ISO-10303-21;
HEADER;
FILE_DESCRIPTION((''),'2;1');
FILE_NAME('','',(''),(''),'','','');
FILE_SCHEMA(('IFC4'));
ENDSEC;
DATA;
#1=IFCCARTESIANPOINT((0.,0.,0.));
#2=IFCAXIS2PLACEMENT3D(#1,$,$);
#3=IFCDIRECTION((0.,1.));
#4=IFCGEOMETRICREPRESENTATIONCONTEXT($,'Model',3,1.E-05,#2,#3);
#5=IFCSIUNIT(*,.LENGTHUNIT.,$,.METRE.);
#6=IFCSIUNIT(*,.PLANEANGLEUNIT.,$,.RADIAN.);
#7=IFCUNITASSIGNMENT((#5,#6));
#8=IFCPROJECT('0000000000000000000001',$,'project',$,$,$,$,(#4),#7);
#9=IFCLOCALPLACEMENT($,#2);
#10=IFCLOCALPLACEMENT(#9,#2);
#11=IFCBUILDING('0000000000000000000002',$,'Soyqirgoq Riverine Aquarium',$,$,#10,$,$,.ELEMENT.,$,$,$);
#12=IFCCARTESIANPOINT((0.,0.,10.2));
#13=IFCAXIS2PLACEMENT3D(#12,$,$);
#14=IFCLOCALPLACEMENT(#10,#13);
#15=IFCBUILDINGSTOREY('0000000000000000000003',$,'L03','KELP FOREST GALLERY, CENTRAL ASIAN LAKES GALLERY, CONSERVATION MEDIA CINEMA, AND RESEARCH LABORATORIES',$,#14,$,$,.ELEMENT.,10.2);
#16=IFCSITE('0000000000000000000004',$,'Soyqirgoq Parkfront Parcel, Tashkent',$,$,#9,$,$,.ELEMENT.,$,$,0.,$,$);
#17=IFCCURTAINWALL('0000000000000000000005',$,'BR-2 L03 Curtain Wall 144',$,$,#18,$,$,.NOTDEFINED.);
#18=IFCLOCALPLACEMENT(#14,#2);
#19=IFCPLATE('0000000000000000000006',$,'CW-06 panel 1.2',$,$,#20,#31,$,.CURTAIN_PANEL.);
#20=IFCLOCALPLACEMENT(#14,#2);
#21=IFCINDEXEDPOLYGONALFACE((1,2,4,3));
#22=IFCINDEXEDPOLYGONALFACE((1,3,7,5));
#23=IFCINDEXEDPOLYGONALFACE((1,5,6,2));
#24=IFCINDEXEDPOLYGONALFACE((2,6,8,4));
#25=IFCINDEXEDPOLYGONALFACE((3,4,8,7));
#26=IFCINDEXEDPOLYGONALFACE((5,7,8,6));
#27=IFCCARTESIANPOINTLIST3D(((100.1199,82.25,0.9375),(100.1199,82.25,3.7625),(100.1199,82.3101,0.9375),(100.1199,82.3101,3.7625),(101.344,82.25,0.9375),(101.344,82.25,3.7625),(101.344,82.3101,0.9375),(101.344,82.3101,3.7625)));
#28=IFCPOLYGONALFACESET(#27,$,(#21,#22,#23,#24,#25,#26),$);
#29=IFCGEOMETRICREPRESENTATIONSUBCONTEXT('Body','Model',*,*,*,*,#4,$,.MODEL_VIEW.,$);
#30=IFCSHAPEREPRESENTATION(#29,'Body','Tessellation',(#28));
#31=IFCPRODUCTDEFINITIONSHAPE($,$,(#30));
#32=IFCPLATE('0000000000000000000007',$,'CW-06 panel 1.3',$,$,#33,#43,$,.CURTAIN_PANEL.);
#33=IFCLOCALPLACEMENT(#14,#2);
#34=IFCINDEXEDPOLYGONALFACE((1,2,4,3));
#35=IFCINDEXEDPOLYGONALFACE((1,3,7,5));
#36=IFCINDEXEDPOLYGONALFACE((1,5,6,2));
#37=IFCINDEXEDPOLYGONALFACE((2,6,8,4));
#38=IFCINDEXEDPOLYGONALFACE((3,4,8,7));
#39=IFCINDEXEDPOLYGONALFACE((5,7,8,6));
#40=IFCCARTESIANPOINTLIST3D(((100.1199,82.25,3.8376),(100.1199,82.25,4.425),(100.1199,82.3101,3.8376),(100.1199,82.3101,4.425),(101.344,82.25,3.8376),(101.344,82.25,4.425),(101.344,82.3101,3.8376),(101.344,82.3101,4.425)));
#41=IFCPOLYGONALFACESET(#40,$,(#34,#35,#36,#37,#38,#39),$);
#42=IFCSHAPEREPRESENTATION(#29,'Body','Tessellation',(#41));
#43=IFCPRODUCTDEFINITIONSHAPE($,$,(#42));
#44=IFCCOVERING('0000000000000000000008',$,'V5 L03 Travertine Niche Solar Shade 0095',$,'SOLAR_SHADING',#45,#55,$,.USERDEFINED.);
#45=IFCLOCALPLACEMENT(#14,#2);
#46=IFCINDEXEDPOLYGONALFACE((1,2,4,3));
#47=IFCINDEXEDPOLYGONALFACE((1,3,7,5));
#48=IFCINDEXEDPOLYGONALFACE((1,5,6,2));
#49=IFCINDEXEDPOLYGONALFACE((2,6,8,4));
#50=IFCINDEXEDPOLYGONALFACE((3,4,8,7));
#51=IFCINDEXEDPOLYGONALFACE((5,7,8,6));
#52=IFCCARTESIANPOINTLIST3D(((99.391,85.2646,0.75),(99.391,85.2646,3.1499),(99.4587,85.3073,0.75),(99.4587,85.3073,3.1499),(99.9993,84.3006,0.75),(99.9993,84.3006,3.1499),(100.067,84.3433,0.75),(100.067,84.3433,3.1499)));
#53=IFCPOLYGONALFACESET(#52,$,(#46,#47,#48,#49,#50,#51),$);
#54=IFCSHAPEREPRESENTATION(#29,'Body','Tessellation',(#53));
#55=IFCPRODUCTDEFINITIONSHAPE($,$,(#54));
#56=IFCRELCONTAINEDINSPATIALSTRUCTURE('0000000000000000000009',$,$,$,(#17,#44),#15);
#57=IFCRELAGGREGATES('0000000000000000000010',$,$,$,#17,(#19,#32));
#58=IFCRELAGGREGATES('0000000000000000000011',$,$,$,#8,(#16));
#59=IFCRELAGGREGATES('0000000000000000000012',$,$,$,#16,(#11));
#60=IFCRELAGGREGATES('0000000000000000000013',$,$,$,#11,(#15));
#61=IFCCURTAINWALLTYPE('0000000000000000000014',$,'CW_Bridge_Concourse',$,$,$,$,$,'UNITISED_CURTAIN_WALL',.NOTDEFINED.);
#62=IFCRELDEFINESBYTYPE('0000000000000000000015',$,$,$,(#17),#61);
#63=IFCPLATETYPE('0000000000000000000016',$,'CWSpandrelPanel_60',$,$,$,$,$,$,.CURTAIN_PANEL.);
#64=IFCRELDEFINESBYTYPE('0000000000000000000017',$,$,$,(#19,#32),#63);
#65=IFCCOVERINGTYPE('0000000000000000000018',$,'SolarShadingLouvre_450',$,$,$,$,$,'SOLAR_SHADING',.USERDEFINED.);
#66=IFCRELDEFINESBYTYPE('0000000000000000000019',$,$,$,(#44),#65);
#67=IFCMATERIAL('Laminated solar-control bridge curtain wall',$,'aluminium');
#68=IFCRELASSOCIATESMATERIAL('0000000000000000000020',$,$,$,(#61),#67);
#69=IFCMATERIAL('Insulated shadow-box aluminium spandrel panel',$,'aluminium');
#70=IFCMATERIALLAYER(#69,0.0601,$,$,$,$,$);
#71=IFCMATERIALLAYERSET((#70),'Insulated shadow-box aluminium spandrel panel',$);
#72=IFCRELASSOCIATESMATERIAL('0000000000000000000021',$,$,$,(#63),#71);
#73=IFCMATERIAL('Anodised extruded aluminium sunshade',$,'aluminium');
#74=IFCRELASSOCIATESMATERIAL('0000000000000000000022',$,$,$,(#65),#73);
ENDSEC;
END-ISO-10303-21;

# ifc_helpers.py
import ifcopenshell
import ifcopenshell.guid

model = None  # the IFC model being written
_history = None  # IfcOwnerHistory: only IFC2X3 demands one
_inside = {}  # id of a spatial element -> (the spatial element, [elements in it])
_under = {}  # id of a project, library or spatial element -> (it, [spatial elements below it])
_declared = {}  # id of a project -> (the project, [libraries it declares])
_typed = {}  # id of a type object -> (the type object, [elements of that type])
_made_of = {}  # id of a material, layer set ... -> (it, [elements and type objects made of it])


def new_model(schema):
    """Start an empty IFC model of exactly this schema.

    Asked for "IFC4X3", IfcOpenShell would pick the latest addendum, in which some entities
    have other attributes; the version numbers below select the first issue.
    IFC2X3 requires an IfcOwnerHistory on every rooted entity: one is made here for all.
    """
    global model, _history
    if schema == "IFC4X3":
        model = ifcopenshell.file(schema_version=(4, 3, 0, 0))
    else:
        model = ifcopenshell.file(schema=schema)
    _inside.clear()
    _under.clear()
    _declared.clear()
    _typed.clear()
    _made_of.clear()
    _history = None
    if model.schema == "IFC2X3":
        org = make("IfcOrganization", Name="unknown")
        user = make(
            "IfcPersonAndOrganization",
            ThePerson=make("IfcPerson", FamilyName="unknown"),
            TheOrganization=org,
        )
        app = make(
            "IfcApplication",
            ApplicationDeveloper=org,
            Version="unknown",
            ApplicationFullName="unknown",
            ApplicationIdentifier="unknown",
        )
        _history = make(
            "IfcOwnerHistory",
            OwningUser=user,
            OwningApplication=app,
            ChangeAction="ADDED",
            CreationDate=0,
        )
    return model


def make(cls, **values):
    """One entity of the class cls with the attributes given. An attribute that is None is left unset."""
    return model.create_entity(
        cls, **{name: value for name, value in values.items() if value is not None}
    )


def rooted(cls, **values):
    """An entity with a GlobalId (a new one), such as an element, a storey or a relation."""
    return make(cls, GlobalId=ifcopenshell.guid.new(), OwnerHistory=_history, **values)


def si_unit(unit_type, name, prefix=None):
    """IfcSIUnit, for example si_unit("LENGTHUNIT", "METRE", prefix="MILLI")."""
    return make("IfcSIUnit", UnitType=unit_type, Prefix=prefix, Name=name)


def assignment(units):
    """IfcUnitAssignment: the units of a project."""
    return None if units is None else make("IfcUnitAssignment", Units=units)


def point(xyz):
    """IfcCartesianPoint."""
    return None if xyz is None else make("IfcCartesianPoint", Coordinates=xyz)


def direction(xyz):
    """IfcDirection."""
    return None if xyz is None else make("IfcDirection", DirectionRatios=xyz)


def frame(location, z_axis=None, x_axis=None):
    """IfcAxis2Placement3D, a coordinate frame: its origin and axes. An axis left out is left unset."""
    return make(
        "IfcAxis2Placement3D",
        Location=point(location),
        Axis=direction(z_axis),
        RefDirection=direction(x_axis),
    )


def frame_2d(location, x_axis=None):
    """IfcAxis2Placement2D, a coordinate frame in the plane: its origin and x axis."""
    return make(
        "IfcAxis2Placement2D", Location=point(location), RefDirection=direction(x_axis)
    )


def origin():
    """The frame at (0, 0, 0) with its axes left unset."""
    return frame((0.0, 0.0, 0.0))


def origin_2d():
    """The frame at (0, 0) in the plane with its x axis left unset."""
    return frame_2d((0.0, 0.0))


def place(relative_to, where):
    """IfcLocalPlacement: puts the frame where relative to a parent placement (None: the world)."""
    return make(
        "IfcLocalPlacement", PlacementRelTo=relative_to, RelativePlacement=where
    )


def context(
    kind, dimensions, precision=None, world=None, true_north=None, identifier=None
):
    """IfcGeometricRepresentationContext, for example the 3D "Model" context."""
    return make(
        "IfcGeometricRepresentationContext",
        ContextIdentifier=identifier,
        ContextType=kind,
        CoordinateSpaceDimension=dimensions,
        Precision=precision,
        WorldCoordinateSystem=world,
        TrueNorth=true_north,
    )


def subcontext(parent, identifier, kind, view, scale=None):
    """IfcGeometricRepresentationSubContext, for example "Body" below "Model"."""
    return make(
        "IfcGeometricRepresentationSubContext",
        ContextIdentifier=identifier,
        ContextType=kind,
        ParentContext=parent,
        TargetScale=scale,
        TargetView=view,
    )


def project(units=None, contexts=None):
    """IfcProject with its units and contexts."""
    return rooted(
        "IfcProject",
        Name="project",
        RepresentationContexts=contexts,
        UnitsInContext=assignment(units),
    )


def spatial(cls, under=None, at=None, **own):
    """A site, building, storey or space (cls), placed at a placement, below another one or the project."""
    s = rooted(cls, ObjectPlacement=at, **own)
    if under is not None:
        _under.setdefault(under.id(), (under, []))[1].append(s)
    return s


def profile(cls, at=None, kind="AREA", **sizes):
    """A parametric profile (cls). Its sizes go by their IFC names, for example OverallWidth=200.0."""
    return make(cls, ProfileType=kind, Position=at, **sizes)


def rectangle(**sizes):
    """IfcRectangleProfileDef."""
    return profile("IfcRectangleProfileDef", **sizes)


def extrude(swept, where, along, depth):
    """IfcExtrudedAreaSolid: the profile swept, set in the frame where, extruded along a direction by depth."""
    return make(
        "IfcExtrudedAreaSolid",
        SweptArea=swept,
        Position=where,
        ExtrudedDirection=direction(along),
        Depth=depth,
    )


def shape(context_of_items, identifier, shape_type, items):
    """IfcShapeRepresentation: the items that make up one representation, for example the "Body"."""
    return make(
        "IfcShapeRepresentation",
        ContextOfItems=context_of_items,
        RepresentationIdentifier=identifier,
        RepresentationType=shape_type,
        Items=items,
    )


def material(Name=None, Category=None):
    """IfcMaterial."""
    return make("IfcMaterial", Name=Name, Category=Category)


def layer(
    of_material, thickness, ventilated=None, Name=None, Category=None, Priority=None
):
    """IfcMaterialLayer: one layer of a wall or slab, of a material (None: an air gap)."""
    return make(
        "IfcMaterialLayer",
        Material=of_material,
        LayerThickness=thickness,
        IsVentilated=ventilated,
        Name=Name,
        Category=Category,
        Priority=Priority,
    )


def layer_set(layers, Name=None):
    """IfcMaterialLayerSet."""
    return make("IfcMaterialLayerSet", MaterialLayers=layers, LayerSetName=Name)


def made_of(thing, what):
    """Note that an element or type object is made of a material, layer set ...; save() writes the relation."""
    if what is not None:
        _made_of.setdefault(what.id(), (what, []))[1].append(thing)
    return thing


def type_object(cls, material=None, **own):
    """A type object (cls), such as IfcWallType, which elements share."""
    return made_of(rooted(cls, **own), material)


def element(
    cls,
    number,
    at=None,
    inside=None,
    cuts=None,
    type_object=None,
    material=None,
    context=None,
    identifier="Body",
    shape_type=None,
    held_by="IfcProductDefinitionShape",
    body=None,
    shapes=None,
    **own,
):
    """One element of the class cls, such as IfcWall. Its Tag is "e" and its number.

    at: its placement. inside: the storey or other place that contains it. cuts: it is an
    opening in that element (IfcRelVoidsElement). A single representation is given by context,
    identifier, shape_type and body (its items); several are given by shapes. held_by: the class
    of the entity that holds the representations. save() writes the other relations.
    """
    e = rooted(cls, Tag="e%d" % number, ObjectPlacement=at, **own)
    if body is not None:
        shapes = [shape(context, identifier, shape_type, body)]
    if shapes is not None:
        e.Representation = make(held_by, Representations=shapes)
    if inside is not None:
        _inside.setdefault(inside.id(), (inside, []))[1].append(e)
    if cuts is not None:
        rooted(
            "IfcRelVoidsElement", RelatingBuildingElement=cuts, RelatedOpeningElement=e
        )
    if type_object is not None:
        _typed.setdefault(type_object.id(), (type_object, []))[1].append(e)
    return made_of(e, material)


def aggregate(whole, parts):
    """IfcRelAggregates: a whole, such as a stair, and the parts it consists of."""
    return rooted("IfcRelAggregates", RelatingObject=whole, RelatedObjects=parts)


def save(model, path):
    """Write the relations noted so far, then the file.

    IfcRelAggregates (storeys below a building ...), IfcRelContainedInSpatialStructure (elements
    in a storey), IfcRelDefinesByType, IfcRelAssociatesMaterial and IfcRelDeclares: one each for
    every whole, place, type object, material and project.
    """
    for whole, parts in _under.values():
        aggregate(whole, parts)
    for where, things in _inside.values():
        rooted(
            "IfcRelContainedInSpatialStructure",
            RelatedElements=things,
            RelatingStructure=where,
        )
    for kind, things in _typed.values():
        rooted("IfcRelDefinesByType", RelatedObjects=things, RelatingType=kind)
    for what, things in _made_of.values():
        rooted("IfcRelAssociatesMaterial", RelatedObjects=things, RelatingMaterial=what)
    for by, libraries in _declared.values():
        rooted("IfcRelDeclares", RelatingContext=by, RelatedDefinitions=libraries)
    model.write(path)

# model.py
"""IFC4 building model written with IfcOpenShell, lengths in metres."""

from ifc_helpers import new_model, si_unit, direction, frame, origin, origin_2d, place, context, subcontext, project, spatial, rectangle, extrude, material, layer, layer_set, type_object, element, aggregate, save


model = new_model("IFC4")

# Units and contexts
model_context = context("Model", 3, precision=1e-05, world=origin(), true_north=direction((0.0, 1.0)))
body_context = subcontext(model_context, "Body", "Model", "MODEL_VIEW")
ifc_project = project(units=[si_unit("LENGTHUNIT", "METRE"), si_unit("PLANEANGLEUNIT", "RADIAN")], contexts=[model_context])

# Site, building, storey
site_placement = place(None, origin())
site = spatial("IfcSite", under=ifc_project, at=site_placement, Name="Soyqirgoq Parkfront Parcel, Tashkent", CompositionType="ELEMENT", RefElevation=0.0)
building_placement = place(site_placement, origin())
building = spatial("IfcBuilding", under=site, at=building_placement, Name="Soyqirgoq Riverine Aquarium", CompositionType="ELEMENT")
storey_placement = place(building_placement, frame((0.0, 0.0, 10.2)))
storey = spatial("IfcBuildingStorey", under=building, at=storey_placement, Name="L03", Description="KELP FOREST GALLERY, CENTRAL ASIAN LAKES GALLERY, CONSERVATION MEDIA CINEMA, AND RESEARCH LABORATORIES", CompositionType="ELEMENT", Elevation=10.2)

# Curtain wall
ifc_material_1 = material(Name="Laminated solar-control bridge curtain wall", Category="aluminium")
curtain_wall_type = type_object("IfcCurtainWallType", Name="CW_Bridge_Concourse", ElementType="UNITISED_CURTAIN_WALL", PredefinedType="NOTDEFINED", material=ifc_material_1)
curtain_wall_placement = place(storey_placement, origin())
curtain_wall = element("IfcCurtainWall", 1, at=curtain_wall_placement, inside=storey, type_object=curtain_wall_type, Name="BR-2 L03 Curtain Wall 144", PredefinedType="NOTDEFINED")

# Plates
ifc_material_2 = material(Name="Insulated shadow-box aluminium spandrel panel", Category="aluminium")
ifc_layer_1 = layer(ifc_material_2, 0.0601)
ifc_layer_set_1 = layer_set([ifc_layer_1], Name="Insulated shadow-box aluminium spandrel panel")
plate_type = type_object("IfcPlateType", Name="CWSpandrelPanel_60", PredefinedType="CURTAIN_PANEL", material=ifc_layer_set_1)
plate_1_placement = place(storey_placement, frame((100.7319, 82.28, 0.9375), z_axis=(0.0, 0.0, 1.0), x_axis=(1.0, 0.0, 0.0)))
plate_1 = element("IfcPlate", 2, at=plate_1_placement, type_object=plate_type, Name="CW-06 panel 1.2", PredefinedType="CURTAIN_PANEL", context=body_context, shape_type="SweptSolid", body=[
    extrude(rectangle(XDim=1.2241, YDim=0.0601, at=origin_2d()), origin(), (0.0, 0.0, 1.0), 2.825),
])
plate_2_placement = place(storey_placement, frame((100.7319, 82.28, 3.8376), z_axis=(0.0, 0.0, 1.0), x_axis=(1.0, 0.0, 0.0)))
plate_2 = element("IfcPlate", 3, at=plate_2_placement, type_object=plate_type, Name="CW-06 panel 1.3", PredefinedType="CURTAIN_PANEL", context=body_context, shape_type="SweptSolid", body=[
    extrude(rectangle(XDim=1.2241, YDim=0.0601, at=origin_2d()), origin(), (0.0, 0.0, 1.0), 0.5874),
])
aggregate(curtain_wall, [plate_1, plate_2])

# Covering
ifc_material_3 = material(Name="Anodised extruded aluminium sunshade", Category="aluminium")
covering_type = type_object("IfcCoveringType", Name="SolarShadingLouvre_450", ElementType="SOLAR_SHADING", PredefinedType="USERDEFINED", material=ifc_material_3)
covering_placement = place(storey_placement, frame((99.729, 84.804, 0.75), z_axis=(0.0, 0.0, 1.0), x_axis=(0.533615, -0.845728, 0.0)))
element("IfcCovering", 4, at=covering_placement, inside=storey, type_object=covering_type, Name="V5 L03 Travertine Niche Solar Shade 0095", ObjectType="SOLAR_SHADING", PredefinedType="USERDEFINED", context=body_context, shape_type="SweptSolid", body=[
    extrude(rectangle(XDim=1.1399, YDim=0.0801, at=origin_2d()), origin(), (0.0, 0.0, 1.0), 2.3999),
])

save(model, "model.ifc")
